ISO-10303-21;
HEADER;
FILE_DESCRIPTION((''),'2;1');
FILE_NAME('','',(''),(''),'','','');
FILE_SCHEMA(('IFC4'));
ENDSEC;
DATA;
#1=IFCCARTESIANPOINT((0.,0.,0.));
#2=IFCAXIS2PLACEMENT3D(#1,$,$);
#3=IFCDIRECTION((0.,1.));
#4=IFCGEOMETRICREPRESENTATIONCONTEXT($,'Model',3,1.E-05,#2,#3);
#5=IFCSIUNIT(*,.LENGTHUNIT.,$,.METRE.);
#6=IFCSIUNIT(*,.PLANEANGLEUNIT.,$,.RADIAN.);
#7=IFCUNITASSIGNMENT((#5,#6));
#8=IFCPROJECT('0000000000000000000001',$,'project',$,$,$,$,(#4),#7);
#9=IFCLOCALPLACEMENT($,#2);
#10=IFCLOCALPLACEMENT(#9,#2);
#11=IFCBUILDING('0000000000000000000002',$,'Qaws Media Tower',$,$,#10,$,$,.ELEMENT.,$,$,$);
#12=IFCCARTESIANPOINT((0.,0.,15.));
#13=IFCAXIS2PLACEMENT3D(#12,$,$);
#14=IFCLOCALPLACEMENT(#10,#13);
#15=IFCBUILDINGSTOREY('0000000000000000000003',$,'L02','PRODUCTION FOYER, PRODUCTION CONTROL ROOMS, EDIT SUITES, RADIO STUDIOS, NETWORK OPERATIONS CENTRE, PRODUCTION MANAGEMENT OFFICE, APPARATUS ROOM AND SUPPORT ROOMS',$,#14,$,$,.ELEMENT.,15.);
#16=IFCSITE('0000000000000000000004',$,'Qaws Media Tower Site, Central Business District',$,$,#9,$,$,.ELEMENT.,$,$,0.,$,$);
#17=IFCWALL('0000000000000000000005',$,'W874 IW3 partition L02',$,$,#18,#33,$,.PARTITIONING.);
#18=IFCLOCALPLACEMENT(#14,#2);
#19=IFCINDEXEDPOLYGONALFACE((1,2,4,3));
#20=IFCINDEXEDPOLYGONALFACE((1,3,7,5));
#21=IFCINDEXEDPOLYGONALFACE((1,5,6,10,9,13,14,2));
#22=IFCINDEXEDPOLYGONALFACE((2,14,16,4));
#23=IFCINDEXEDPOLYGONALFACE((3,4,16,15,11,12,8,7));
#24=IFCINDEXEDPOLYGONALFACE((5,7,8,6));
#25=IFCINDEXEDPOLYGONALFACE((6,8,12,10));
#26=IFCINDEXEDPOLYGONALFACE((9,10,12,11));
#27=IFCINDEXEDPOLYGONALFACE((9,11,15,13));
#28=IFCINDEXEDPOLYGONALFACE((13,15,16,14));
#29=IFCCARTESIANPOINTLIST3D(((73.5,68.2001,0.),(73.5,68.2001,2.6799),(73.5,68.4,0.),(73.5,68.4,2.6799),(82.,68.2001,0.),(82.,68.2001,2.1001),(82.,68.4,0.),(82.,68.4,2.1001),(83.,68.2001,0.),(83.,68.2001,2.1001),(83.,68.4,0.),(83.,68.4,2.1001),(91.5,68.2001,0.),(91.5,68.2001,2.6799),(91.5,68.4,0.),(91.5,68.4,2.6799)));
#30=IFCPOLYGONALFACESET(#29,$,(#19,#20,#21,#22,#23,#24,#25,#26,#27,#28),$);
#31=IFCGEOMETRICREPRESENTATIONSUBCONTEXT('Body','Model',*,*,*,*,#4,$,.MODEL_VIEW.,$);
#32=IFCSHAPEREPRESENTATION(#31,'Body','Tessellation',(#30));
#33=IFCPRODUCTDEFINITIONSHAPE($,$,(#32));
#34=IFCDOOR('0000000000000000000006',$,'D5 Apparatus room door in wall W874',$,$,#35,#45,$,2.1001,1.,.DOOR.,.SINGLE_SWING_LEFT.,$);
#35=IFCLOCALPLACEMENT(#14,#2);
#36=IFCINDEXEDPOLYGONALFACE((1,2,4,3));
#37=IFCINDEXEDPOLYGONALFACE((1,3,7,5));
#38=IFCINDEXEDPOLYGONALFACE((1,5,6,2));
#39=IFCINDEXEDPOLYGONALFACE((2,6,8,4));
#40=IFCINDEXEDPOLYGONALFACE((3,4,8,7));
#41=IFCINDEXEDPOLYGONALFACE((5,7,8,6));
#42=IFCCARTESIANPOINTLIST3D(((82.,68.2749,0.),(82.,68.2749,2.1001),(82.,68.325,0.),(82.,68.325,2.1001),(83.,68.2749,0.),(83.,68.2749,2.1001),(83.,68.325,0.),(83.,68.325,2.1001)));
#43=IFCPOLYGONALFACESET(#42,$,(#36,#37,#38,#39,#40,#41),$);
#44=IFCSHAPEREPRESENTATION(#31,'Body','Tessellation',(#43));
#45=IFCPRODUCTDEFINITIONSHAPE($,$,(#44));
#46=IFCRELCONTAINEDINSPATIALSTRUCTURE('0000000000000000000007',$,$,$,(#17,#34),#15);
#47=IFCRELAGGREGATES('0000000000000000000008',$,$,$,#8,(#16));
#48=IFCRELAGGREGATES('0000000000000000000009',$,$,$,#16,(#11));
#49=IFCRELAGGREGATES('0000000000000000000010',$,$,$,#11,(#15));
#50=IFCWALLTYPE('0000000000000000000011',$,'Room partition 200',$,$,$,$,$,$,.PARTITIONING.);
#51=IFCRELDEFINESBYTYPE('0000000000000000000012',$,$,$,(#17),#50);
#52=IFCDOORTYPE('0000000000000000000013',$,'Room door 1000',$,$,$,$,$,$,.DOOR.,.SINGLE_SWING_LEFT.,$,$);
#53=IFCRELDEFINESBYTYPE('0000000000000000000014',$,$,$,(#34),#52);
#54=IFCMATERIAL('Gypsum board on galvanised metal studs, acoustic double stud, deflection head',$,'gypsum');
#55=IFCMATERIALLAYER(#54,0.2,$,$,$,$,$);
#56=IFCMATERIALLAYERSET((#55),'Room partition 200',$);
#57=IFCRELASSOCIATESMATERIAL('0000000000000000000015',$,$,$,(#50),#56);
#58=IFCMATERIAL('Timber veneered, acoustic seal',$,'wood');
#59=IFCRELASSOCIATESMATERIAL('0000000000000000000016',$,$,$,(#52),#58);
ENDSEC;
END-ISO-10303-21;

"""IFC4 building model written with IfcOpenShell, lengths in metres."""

from ifc_helpers import new_model, si_unit, direction, frame, frame_2d, origin, place, context, subcontext, project, spatial, rectangle, extrude, material, layer, layer_set, type_object, element, fill, save


model = new_model("IFC4")

# Units and contexts
model_context = context("Model", 3, precision=1e-05, world=origin(), true_north=direction((0.0, 1.0)))
body_context = subcontext(model_context, "Body", "Model", "MODEL_VIEW")
ifc_project = project(units=[si_unit("LENGTHUNIT", "METRE"), si_unit("PLANEANGLEUNIT", "RADIAN")], contexts=[model_context])

# Site, building, storey
site_placement = place(None, origin())
site = spatial("IfcSite", under=ifc_project, at=site_placement, Name="Qaws Media Tower Site, Central Business District", CompositionType="ELEMENT", RefElevation=0.0)
building_placement = place(site_placement, origin())
building = spatial("IfcBuilding", under=site, at=building_placement, Name="Qaws Media Tower", CompositionType="ELEMENT")
storey_placement = place(building_placement, frame((0.0, 0.0, 15.0)))
storey = spatial("IfcBuildingStorey", under=building, at=storey_placement, Name="L02", Description="PRODUCTION FOYER, PRODUCTION CONTROL ROOMS, EDIT SUITES, RADIO STUDIOS, NETWORK OPERATIONS CENTRE, PRODUCTION MANAGEMENT OFFICE, APPARATUS ROOM AND SUPPORT ROOMS", CompositionType="ELEMENT", Elevation=15.0)

# Shared definitions
ifc_material_1 = material(Name="Gypsum board on galvanised metal studs, acoustic double stud, deflection head", Category="gypsum")
ifc_layer = layer(ifc_material_1, 0.2)
ifc_layer_set = layer_set([ifc_layer], Name="Room partition 200")
wall_type = type_object("IfcWallType", Name="Room partition 200", PredefinedType="PARTITIONING", material=ifc_layer_set)

# Wall, opening, door
wall_1_placement = place(storey_placement, frame((73.5, 68.3, 0.0), z_axis=(0.0, 0.0, 1.0), x_axis=(1.0, 0.0, 0.0)))
wall_1 = element("IfcWall", 1, at=wall_1_placement, inside=storey, type_object=wall_type, Name="W874 IW3 partition L02", PredefinedType="PARTITIONING", context=body_context, shape_type="SweptSolid", body=[
    extrude(rectangle(XDim=18.0, YDim=0.2, at=frame_2d((9.0, 0.0))), origin(), (0.0, 0.0, 1.0), 2.6799),
])
opening_placement = place(wall_1_placement, frame((8.5, 0.0, 0.0)))
opening = element("IfcOpeningElement", 2, at=opening_placement, cuts=wall_1, PredefinedType="OPENING", context=body_context, shape_type="SweptSolid", body=[
    extrude(rectangle(XDim=1.0, YDim=2.1001, at=frame_2d((0.5, 1.05))), frame((0.0, 0.1099, 0.0), z_axis=(0.0, -1.0, 0.0), x_axis=(1.0, 0.0, 0.0)), (0.0, 0.0, 1.0), 0.22),
])
ifc_material_2 = material(Name="Timber veneered, acoustic seal", Category="wood")
door_type = type_object("IfcDoorType", Name="Room door 1000", OperationType="SINGLE_SWING_LEFT", PredefinedType="DOOR", material=ifc_material_2)
door_placement = place(opening_placement, origin())
door = element("IfcDoor", 3, at=door_placement, inside=storey, type_object=door_type, Name="D5 Apparatus room door in wall W874", OperationType="SINGLE_SWING_LEFT", OverallHeight=2.1001, OverallWidth=1.0, PredefinedType="DOOR", context=body_context, shape_type="SweptSolid", body=[
    extrude(rectangle(XDim=1.0, YDim=2.1001, at=frame_2d((0.5, 1.05))), frame((0.0, 0.0249, 0.0), z_axis=(0.0, -1.0, 0.0), x_axis=(1.0, 0.0, 0.0)), (0.0, 0.0, 1.0), 0.05),
])
fill(opening, door)

save(model, "model.ifc")
